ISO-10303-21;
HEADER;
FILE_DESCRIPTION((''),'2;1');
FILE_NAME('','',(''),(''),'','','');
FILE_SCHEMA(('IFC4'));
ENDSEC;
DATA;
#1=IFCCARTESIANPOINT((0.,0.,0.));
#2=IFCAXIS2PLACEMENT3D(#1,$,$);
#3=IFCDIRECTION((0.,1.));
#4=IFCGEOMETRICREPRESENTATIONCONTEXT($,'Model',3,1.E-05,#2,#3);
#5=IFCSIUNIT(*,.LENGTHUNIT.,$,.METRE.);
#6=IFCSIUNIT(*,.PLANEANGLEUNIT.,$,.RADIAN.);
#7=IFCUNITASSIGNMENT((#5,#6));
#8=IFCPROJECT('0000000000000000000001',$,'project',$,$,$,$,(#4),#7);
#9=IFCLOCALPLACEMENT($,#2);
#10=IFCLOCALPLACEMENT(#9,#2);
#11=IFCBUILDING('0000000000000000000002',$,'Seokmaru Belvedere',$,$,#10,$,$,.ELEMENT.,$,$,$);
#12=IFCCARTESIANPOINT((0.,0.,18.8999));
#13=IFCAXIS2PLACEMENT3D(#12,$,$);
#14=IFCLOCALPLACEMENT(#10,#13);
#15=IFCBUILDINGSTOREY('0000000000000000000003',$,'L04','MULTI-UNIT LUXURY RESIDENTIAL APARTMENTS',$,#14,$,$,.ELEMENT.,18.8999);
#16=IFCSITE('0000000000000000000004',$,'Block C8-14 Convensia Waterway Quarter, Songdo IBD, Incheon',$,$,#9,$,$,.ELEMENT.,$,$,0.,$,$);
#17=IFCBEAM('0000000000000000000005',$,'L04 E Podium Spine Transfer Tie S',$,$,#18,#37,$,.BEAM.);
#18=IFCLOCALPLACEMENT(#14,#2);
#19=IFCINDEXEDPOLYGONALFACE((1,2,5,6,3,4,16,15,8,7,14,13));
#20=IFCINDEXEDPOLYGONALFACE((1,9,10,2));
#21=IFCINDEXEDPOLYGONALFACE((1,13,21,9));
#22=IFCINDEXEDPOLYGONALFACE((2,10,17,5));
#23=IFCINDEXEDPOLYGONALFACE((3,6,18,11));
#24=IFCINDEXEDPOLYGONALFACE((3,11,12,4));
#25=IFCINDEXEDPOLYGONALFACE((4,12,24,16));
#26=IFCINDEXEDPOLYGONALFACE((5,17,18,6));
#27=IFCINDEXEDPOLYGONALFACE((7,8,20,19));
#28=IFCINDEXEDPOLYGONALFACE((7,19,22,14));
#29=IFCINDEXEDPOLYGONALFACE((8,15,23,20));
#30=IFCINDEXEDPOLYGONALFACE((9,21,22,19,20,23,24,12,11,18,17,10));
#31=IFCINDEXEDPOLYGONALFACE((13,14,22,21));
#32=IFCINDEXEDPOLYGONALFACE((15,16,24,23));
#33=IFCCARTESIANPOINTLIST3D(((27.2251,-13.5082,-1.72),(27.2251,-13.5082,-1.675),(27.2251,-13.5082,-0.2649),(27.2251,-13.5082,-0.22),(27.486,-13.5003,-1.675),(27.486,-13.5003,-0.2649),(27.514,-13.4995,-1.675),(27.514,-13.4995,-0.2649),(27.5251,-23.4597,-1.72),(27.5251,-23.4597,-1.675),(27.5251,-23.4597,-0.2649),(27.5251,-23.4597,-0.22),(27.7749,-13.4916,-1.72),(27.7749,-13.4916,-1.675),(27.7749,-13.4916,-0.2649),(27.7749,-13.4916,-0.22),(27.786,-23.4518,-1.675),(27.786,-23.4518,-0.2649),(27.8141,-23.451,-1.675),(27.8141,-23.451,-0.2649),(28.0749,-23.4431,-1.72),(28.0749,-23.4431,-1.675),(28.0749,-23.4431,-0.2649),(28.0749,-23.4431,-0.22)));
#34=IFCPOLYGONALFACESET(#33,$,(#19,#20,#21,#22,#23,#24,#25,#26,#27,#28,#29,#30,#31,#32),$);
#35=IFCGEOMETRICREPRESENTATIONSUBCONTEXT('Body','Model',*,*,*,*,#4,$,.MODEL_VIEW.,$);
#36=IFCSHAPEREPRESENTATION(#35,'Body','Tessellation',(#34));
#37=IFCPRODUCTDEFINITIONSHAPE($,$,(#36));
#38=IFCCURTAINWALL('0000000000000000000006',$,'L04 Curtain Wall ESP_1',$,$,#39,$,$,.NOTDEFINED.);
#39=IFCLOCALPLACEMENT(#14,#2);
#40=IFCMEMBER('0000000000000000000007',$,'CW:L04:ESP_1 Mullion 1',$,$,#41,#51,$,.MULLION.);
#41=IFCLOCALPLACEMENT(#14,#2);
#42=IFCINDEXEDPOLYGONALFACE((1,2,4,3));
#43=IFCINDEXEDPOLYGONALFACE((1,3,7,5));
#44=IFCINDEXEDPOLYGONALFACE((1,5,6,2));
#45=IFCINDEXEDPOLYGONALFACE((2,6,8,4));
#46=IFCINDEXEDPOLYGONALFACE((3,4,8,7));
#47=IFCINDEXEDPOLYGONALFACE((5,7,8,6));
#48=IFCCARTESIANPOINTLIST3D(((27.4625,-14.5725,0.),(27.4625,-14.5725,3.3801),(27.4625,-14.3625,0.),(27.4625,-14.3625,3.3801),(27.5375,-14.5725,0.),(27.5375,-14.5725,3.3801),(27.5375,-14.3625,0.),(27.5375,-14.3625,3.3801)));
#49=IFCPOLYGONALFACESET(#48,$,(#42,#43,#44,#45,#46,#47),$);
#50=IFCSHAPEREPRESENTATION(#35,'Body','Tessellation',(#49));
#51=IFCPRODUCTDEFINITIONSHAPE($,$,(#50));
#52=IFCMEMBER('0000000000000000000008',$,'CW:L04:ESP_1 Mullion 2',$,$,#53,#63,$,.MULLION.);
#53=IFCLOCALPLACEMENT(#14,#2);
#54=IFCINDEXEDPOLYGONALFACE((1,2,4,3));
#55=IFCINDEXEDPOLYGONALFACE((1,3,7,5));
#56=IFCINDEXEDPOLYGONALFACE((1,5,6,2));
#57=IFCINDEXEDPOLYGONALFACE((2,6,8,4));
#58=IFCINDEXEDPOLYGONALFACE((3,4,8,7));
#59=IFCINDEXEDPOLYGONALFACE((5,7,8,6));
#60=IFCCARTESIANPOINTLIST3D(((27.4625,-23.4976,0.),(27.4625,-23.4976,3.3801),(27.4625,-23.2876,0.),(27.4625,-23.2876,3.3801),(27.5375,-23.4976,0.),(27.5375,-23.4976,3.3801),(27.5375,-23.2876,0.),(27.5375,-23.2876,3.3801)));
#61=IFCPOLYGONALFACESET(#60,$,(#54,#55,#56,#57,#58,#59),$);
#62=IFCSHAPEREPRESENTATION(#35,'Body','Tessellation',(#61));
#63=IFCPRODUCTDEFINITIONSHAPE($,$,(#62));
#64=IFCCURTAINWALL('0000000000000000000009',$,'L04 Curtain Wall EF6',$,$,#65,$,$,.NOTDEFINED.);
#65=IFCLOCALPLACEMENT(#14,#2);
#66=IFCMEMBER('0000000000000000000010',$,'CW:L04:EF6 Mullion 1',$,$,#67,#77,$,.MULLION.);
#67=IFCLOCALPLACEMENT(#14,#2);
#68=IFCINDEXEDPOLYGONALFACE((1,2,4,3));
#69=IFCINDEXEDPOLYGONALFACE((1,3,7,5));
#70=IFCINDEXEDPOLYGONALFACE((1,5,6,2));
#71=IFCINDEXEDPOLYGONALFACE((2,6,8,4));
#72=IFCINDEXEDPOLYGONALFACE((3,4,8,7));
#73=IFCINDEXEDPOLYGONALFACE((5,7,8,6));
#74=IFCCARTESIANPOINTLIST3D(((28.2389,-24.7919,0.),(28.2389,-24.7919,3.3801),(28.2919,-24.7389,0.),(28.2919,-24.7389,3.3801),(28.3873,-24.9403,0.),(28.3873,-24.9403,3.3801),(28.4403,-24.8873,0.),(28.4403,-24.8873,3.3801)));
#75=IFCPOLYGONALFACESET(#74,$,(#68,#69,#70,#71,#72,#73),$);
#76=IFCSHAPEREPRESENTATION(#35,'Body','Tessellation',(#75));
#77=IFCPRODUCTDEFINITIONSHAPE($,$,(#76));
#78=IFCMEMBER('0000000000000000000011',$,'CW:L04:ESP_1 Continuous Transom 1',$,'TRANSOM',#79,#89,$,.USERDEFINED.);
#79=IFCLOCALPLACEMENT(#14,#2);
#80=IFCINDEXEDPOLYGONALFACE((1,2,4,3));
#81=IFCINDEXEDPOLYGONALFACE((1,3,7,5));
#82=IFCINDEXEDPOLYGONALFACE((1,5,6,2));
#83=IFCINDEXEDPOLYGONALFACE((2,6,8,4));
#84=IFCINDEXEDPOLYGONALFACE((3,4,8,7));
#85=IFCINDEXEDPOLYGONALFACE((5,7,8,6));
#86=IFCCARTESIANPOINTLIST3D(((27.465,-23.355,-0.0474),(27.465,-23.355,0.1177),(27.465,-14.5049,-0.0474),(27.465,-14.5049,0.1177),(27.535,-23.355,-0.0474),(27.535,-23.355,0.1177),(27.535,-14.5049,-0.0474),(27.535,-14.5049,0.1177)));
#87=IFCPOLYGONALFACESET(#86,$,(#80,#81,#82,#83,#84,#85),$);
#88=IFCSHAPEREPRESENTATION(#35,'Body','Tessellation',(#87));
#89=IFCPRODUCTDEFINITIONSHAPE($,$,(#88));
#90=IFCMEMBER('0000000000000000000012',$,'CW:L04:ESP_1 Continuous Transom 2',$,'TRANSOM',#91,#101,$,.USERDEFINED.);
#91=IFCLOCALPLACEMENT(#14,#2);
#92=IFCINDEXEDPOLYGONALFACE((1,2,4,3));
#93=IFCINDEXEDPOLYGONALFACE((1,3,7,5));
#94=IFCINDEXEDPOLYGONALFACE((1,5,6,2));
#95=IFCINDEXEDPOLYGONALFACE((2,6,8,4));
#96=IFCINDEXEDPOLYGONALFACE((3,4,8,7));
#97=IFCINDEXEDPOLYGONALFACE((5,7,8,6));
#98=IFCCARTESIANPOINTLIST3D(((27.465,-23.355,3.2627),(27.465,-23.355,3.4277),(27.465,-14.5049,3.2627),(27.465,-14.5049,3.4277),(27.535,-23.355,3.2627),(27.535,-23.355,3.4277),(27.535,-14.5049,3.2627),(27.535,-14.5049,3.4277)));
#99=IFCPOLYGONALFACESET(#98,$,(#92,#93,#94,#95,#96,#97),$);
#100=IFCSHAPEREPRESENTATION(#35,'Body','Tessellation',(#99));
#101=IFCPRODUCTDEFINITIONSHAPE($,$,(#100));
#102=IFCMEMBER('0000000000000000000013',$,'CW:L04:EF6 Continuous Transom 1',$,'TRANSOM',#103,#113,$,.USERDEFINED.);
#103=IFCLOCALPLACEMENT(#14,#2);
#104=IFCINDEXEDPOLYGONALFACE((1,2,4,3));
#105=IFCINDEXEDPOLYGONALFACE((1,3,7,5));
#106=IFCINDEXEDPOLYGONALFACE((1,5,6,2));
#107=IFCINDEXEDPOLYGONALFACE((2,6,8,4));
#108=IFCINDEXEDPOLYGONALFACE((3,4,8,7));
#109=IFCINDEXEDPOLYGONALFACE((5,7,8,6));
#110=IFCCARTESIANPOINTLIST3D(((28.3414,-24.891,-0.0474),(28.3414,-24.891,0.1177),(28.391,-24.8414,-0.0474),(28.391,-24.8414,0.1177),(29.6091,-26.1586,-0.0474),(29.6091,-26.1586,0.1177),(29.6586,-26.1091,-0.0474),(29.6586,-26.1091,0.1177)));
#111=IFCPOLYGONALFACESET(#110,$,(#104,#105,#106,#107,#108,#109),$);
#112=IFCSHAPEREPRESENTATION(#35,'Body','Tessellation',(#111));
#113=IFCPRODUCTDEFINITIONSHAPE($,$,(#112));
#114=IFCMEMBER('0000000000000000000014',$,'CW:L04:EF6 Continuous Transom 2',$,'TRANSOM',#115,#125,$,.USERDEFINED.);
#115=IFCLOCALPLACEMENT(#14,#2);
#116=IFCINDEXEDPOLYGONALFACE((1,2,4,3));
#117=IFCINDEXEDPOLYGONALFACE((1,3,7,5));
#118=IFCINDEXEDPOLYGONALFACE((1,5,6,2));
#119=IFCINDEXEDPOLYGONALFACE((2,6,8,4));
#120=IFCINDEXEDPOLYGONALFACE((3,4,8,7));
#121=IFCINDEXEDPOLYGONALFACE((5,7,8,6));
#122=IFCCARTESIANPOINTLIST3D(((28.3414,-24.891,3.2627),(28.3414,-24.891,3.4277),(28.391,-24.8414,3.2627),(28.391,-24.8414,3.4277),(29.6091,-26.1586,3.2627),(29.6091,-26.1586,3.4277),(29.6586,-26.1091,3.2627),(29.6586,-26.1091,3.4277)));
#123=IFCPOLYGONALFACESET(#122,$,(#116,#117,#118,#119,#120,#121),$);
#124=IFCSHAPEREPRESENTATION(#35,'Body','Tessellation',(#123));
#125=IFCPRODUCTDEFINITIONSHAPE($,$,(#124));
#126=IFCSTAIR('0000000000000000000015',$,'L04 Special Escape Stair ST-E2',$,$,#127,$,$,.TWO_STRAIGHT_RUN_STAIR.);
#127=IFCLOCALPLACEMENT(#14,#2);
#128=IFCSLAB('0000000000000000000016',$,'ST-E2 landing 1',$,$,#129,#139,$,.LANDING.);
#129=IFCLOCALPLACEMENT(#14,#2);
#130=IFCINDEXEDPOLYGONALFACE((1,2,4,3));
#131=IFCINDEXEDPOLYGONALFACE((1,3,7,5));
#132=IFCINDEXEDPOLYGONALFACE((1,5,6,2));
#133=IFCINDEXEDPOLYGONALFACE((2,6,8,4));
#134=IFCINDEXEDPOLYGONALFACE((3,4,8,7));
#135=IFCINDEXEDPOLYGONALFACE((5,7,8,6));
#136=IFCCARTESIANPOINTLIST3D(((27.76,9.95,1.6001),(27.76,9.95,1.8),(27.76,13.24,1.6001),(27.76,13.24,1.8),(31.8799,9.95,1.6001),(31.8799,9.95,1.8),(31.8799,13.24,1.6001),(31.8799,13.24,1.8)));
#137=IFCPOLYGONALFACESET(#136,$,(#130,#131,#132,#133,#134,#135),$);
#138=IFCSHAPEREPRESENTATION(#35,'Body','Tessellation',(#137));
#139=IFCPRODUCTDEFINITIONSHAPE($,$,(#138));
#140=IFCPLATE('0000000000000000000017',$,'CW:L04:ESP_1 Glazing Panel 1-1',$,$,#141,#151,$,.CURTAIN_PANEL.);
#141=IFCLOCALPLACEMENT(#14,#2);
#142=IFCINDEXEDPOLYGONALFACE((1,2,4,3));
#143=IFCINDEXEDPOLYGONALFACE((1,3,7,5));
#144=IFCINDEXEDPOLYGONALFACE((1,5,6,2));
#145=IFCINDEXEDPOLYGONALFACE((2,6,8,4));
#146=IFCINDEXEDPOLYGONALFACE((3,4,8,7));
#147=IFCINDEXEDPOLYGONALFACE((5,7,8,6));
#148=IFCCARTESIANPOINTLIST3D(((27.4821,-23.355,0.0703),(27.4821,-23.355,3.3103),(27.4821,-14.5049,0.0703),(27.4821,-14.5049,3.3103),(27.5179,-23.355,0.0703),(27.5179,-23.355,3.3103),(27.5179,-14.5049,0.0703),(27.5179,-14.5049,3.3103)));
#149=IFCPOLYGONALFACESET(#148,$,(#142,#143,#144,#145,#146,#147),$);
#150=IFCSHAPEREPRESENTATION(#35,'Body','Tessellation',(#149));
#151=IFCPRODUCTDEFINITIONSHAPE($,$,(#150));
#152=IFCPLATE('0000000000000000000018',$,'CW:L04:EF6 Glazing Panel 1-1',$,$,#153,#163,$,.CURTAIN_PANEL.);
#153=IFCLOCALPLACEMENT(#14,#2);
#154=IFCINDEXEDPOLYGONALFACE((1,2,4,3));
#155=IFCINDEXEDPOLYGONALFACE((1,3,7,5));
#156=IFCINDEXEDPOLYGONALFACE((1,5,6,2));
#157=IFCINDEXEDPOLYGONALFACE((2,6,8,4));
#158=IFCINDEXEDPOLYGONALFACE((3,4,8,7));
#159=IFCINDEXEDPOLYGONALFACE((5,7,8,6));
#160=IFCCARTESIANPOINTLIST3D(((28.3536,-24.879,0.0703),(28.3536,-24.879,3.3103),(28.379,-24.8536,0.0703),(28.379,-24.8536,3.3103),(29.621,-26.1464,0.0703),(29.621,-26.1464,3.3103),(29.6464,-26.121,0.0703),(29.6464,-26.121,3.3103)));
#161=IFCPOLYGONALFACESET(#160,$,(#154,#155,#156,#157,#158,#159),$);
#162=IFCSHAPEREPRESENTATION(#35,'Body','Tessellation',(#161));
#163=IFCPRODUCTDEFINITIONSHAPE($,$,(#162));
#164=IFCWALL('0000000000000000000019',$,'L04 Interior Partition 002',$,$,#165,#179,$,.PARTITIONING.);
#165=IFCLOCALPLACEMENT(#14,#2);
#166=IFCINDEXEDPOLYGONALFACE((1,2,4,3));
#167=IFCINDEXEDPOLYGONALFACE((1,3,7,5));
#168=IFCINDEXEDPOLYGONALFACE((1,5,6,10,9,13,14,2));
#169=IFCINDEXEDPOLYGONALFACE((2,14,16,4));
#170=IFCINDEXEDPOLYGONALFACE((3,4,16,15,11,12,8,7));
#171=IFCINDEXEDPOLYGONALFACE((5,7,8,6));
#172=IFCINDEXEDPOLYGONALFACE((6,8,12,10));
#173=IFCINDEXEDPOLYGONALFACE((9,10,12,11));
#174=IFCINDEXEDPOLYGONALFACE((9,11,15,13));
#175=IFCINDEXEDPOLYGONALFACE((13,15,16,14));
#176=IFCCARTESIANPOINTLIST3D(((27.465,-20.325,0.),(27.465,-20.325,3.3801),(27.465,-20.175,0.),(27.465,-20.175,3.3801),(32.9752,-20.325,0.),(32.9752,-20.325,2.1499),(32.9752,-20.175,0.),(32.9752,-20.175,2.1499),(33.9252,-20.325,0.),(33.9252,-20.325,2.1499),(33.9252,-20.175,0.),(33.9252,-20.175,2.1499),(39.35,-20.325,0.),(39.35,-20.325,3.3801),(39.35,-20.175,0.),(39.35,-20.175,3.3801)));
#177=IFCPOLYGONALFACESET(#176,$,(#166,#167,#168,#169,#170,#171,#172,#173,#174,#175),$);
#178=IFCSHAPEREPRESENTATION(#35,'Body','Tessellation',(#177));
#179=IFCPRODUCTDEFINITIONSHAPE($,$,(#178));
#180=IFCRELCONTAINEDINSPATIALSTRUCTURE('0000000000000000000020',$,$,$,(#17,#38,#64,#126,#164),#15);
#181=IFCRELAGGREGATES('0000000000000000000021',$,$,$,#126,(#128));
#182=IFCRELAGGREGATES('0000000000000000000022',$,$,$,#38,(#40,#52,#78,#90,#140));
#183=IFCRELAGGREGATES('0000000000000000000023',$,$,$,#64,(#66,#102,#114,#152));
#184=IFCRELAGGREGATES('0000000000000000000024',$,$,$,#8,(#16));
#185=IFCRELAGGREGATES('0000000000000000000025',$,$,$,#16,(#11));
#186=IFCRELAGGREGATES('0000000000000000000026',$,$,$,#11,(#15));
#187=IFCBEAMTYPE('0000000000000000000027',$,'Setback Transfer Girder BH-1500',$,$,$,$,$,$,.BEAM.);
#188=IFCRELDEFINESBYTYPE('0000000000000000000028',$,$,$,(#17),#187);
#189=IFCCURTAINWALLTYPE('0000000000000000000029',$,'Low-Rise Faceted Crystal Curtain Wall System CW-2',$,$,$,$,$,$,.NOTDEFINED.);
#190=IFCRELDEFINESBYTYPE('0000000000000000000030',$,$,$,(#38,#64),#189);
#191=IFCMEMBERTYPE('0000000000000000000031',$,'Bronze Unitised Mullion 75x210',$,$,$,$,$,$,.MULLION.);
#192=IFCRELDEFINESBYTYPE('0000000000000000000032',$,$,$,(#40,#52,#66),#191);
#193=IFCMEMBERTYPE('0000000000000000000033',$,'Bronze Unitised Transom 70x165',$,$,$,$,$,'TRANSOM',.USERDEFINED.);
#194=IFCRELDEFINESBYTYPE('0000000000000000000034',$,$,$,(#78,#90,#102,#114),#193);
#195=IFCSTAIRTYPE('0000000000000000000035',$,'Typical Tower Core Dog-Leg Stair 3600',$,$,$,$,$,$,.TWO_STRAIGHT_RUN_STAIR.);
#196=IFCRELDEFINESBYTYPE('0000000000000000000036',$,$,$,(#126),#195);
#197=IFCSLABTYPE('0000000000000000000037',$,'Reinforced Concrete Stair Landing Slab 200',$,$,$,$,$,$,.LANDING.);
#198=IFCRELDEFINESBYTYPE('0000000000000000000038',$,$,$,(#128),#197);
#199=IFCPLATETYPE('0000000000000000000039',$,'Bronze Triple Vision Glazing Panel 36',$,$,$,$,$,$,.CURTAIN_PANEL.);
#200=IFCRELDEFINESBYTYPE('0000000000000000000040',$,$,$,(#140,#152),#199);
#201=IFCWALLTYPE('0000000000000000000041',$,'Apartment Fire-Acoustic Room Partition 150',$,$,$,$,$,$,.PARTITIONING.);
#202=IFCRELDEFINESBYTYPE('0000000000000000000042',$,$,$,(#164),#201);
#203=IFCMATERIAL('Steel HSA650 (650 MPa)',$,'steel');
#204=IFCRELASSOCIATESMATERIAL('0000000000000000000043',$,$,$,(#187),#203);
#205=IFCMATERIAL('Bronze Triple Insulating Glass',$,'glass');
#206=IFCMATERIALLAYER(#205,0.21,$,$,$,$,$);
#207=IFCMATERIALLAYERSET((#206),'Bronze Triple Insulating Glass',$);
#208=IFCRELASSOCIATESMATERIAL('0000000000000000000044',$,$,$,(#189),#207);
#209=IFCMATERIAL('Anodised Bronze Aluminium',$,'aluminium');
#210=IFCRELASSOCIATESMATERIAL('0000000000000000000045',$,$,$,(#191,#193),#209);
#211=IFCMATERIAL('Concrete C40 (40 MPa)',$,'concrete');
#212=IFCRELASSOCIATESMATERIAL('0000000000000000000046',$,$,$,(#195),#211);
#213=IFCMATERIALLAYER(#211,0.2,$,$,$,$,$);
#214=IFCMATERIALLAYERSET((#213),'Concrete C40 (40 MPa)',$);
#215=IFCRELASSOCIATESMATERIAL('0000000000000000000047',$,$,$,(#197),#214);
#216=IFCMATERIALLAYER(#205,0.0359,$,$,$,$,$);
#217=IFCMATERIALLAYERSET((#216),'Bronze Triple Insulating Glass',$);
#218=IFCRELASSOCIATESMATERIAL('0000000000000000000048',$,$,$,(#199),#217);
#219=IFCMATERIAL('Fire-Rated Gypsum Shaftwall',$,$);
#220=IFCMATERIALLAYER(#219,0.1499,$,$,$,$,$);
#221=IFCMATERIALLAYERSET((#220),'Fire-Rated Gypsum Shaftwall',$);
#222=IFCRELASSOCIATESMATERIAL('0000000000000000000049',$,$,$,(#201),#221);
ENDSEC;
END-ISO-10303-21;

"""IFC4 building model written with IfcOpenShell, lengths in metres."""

from ifc_helpers import new_model, si_unit, direction, frame, frame_2d, origin, origin_2d, place, context, subcontext, project, spatial, polyline, rectangle, i_section, outline, extrude, source, transform, mapped, material, layer, layer_set, material_profile, profile_set, type_object, type_shapes, element, aggregate, save


model = new_model("IFC4")

# Units and contexts
model_context = context("Model", 3, precision=1e-05, world=origin(), true_north=direction((0.0, 1.0)))
body_context = subcontext(model_context, "Body", "Model", "MODEL_VIEW")
ifc_project = project(units=[si_unit("LENGTHUNIT", "METRE"), si_unit("PLANEANGLEUNIT", "RADIAN")], contexts=[model_context])

# Site, building, storey
site_placement = place(None, origin())
site = spatial("IfcSite", under=ifc_project, at=site_placement, Name="Block C8-14 Convensia Waterway Quarter, Songdo IBD, Incheon", CompositionType="ELEMENT", RefElevation=0.0)
building_placement = place(site_placement, origin())
building = spatial("IfcBuilding", under=site, at=building_placement, Name="Seokmaru Belvedere", CompositionType="ELEMENT")
storey_placement = place(building_placement, frame((0.0, 0.0, 18.8999)))
storey = spatial("IfcBuildingStorey", under=building, at=storey_placement, Name="L04", Description="MULTI-UNIT LUXURY RESIDENTIAL APARTMENTS", CompositionType="ELEMENT", Elevation=18.8999)

# Shared definitions
ifc_material_1 = material(Name="Steel HSA650 (650 MPa)", Category="steel")

# Beam
ifc_material_profile_1 = material_profile(ifc_material_1, i_section(OverallWidth=0.55, OverallDepth=1.5, WebThickness=0.0281, FlangeThickness=0.0449, at=origin_2d()), Name="BH-1500x550x28x45")
ifc_profile_set_1 = profile_set([ifc_material_profile_1], Name="Steel HSA650 (650 MPa)")
beam_type_1 = type_object("IfcBeamType", Name="Setback Transfer Girder BH-1500", PredefinedType="BEAM", material=ifc_profile_set_1)
shared_shape_1 = source(origin(), body_context, "Body", "SweptSolid", [
    extrude(i_section(OverallWidth=0.55, OverallDepth=1.5, WebThickness=0.0281, FlangeThickness=0.0449, at=origin_2d()), origin(), (0.0, 0.0, 1.0), 9.9561),
])
type_shapes(beam_type_1, [shared_shape_1])
beam_1_placement = place(storey_placement, frame((27.8, -23.4514, -0.97), z_axis=(-0.030138, 0.999546, 0.0), x_axis=(-0.999546, -0.030138, 0.0)))
element("IfcBeam", 1, at=beam_1_placement, inside=storey, type_object=beam_type_1, Name="L04 E Podium Spine Transfer Tie S", PredefinedType="BEAM", context=body_context, shape_type="MappedRepresentation", body=[
    mapped(shared_shape_1, transform((0.0, 0.0, 0.0), scale=1.0)),
])

# Curtain wall, members
ifc_material_2 = material(Name="Bronze Triple Insulating Glass", Category="glass")
ifc_layer_1 = layer(ifc_material_2, 0.21)
ifc_layer_set_1 = layer_set([ifc_layer_1], Name="Bronze Triple Insulating Glass")
curtain_wall_type = type_object("IfcCurtainWallType", Name="Low-Rise Faceted Crystal Curtain Wall System CW-2", PredefinedType="NOTDEFINED", material=ifc_layer_set_1)
curtain_wall_1_placement = place(storey_placement, origin())
curtain_wall_1 = element("IfcCurtainWall", 2, at=curtain_wall_1_placement, inside=storey, type_object=curtain_wall_type, Name="L04 Curtain Wall ESP_1", PredefinedType="NOTDEFINED")
ifc_material_3 = material(Name="Anodised Bronze Aluminium", Category="aluminium")
ifc_material_profile_2 = material_profile(ifc_material_3, rectangle(XDim=0.075, YDim=0.21, at=origin_2d()), Name="CW-M-75x210")
ifc_profile_set_2 = profile_set([ifc_material_profile_2], Name="Anodised Bronze Aluminium")
member_type_1 = type_object("IfcMemberType", Name="Bronze Unitised Mullion 75x210", PredefinedType="MULLION", material=ifc_profile_set_2)
shared_shape_2 = source(origin(), body_context, "Body", "SweptSolid", [
    extrude(rectangle(XDim=0.075, YDim=0.21, at=origin_2d()), origin(), (0.0, 0.0, 1.0), 3.3801),
])
type_shapes(member_type_1, [shared_shape_2])
member_1_placement = place(storey_placement, frame((27.5, -14.4675, 0.0), z_axis=(0.0, 0.0, 1.0), x_axis=(1.0, 0.0, 0.0)))
member_1 = element("IfcMember", 3, at=member_1_placement, type_object=member_type_1, Name="CW:L04:ESP_1 Mullion 1", PredefinedType="MULLION", context=body_context, shape_type="MappedRepresentation", body=[
    mapped(shared_shape_2, transform((0.0, 0.0, 0.0), scale=1.0)),
])
member_2_placement = place(storey_placement, frame((27.5, -23.3926, 0.0), z_axis=(0.0, 0.0, 1.0), x_axis=(1.0, 0.0, 0.0)))
member_2 = element("IfcMember", 4, at=member_2_placement, type_object=member_type_1, Name="CW:L04:ESP_1 Mullion 2", PredefinedType="MULLION", context=body_context, shape_type="MappedRepresentation", body=[
    mapped(shared_shape_2, transform((0.0, 0.0, 0.0), scale=1.0)),
])

# Curtain wall, member
curtain_wall_2_placement = place(storey_placement, origin())
curtain_wall_2 = element("IfcCurtainWall", 5, at=curtain_wall_2_placement, inside=storey, type_object=curtain_wall_type, Name="L04 Curtain Wall EF6", PredefinedType="NOTDEFINED")
member_3_placement = place(storey_placement, frame((28.3396, -24.8396, 0.0), z_axis=(0.0, 0.0, 1.0), x_axis=(0.707107, 0.707107, 0.0)))
member_3 = element("IfcMember", 6, at=member_3_placement, type_object=member_type_1, Name="CW:L04:EF6 Mullion 1", PredefinedType="MULLION", context=body_context, shape_type="MappedRepresentation", body=[
    mapped(shared_shape_2, transform((0.0, 0.0, 0.0), scale=1.0)),
])

# Members
ifc_material_profile_3 = material_profile(ifc_material_3, rectangle(XDim=0.0701, YDim=0.165, at=origin_2d()), Name="CW-T-70x165")
ifc_profile_set_3 = profile_set([ifc_material_profile_3], Name="Anodised Bronze Aluminium")
member_type_2 = type_object("IfcMemberType", Name="Bronze Unitised Transom 70x165", ElementType="TRANSOM", PredefinedType="USERDEFINED", material=ifc_profile_set_3)
shared_shape_3 = source(origin(), body_context, "Body", "SweptSolid", [
    extrude(rectangle(XDim=0.0701, YDim=0.165, at=origin_2d()), origin(), (0.0, 0.0, 1.0), 8.8501),
])
member_4_placement = place(storey_placement, frame((27.5, -14.5049, 0.0352), z_axis=(0.0, -1.0, 0.0), x_axis=(1.0, 0.0, 0.0)))
member_4 = element("IfcMember", 7, at=member_4_placement, type_object=member_type_2, Name="CW:L04:ESP_1 Continuous Transom 1", ObjectType="TRANSOM", PredefinedType="USERDEFINED", context=body_context, shape_type="MappedRepresentation", body=[
    mapped(shared_shape_3, transform((0.0, 0.0, 0.0), scale=1.0)),
])
member_5_placement = place(storey_placement, frame((27.5, -14.5049, 3.3452), z_axis=(0.0, -1.0, 0.0), x_axis=(1.0, 0.0, 0.0)))
member_5 = element("IfcMember", 8, at=member_5_placement, type_object=member_type_2, Name="CW:L04:ESP_1 Continuous Transom 2", ObjectType="TRANSOM", PredefinedType="USERDEFINED", context=body_context, shape_type="MappedRepresentation", body=[
    mapped(shared_shape_3, transform((0.0, 0.0, 0.0), scale=1.0)),
])
shared_shape_4 = source(origin(), body_context, "Body", "SweptSolid", [
    extrude(rectangle(XDim=0.0701, YDim=0.165, at=origin_2d()), origin(), (0.0, 0.0, 1.0), 1.7927),
])
type_shapes(member_type_2, [shared_shape_3, shared_shape_4])
member_6_placement = place(storey_placement, frame((28.3662, -24.8662, 0.0352), z_axis=(0.707107, -0.707107, 0.0), x_axis=(0.707107, 0.707107, 0.0)))
member_6 = element("IfcMember", 9, at=member_6_placement, type_object=member_type_2, Name="CW:L04:EF6 Continuous Transom 1", ObjectType="TRANSOM", PredefinedType="USERDEFINED", context=body_context, shape_type="MappedRepresentation", body=[
    mapped(shared_shape_4, transform((0.0, 0.0, 0.0), scale=1.0)),
])
member_7_placement = place(storey_placement, frame((28.3662, -24.8662, 3.3452), z_axis=(0.707107, -0.707107, 0.0), x_axis=(0.707107, 0.707107, 0.0)))
member_7 = element("IfcMember", 10, at=member_7_placement, type_object=member_type_2, Name="CW:L04:EF6 Continuous Transom 2", ObjectType="TRANSOM", PredefinedType="USERDEFINED", context=body_context, shape_type="MappedRepresentation", body=[
    mapped(shared_shape_4, transform((0.0, 0.0, 0.0), scale=1.0)),
])

# Stair, slab
ifc_material_4 = material(Name="Concrete C40 (40 MPa)", Category="concrete")
stair_type = type_object("IfcStairType", Name="Typical Tower Core Dog-Leg Stair 3600", PredefinedType="TWO_STRAIGHT_RUN_STAIR", material=ifc_material_4)
stair_placement = place(storey_placement, origin())
stair = element("IfcStair", 11, at=stair_placement, inside=storey, type_object=stair_type, Name="L04 Special Escape Stair ST-E2", PredefinedType="TWO_STRAIGHT_RUN_STAIR")
ifc_layer_2 = layer(ifc_material_4, 0.2)
ifc_layer_set_2 = layer_set([ifc_layer_2], Name="Concrete C40 (40 MPa)")
slab_type = type_object("IfcSlabType", Name="Reinforced Concrete Stair Landing Slab 200", PredefinedType="LANDING", material=ifc_layer_set_2)
slab_placement = place(storey_placement, frame((0.0, 0.0, 1.6001)))
slab = element("IfcSlab", 12, at=slab_placement, type_object=slab_type, Name="ST-E2 landing 1", PredefinedType="LANDING", context=body_context, shape_type="SweptSolid", body=[
    extrude(outline(polyline([(27.76, 9.95), (31.8799, 9.95), (31.8799, 13.24), (27.76, 13.24), (27.76, 9.95)])), origin(), (0.0, 0.0, 1.0), 0.2),
])
aggregate(stair, [slab])

# Plates
ifc_layer_3 = layer(ifc_material_2, 0.0359)
ifc_layer_set_3 = layer_set([ifc_layer_3], Name="Bronze Triple Insulating Glass")
plate_type = type_object("IfcPlateType", Name="Bronze Triple Vision Glazing Panel 36", PredefinedType="CURTAIN_PANEL", material=ifc_layer_set_3)
shared_shape_5 = source(origin(), body_context, "Body", "SweptSolid", [
    extrude(rectangle(XDim=8.8501, YDim=0.0359, at=origin_2d()), origin(), (0.0, 0.0, 1.0), 3.24),
])
plate_1_placement = place(storey_placement, frame((27.5, -18.9299, 0.0703), z_axis=(0.0, 0.0, 1.0), x_axis=(0.0, -1.0, 0.0)))
plate_1 = element("IfcPlate", 13, at=plate_1_placement, type_object=plate_type, Name="CW:L04:ESP_1 Glazing Panel 1-1", PredefinedType="CURTAIN_PANEL", context=body_context, shape_type="MappedRepresentation", body=[
    mapped(shared_shape_5, transform((0.0, 0.0, 0.0), scale=1.0)),
])
aggregate(curtain_wall_1, [member_1, member_2, member_4, member_5, plate_1])
shared_shape_6 = source(origin(), body_context, "Body", "SweptSolid", [
    extrude(rectangle(XDim=1.7925, YDim=0.0359, at=origin_2d()), origin(), (0.0, 0.0, 1.0), 3.24),
])
type_shapes(plate_type, [shared_shape_5, shared_shape_6])
plate_2_placement = place(storey_placement, frame((29.0, -25.5, 0.0703), z_axis=(0.0, 0.0, 1.0), x_axis=(0.707107, -0.707107, 0.0)))
plate_2 = element("IfcPlate", 14, at=plate_2_placement, type_object=plate_type, Name="CW:L04:EF6 Glazing Panel 1-1", PredefinedType="CURTAIN_PANEL", context=body_context, shape_type="MappedRepresentation", body=[
    mapped(shared_shape_6, transform((0.0, 0.0, 0.0), scale=1.0)),
])
aggregate(curtain_wall_2, [member_3, member_6, member_7, plate_2])

# Wall, opening
ifc_material_5 = material(Name="Fire-Rated Gypsum Shaftwall")
ifc_layer_4 = layer(ifc_material_5, 0.1499)
ifc_layer_set_4 = layer_set([ifc_layer_4], Name="Fire-Rated Gypsum Shaftwall")
wall_type_1 = type_object("IfcWallType", Name="Apartment Fire-Acoustic Room Partition 150", PredefinedType="PARTITIONING", material=ifc_layer_set_4)
wall_1_placement = place(storey_placement, frame((27.4651, -20.25, 0.0), z_axis=(0.0, 0.0, 1.0), x_axis=(1.0, 0.0, 0.0)))
wall_1 = element("IfcWall", 15, at=wall_1_placement, inside=storey, type_object=wall_type_1, Name="L04 Interior Partition 002", PredefinedType="PARTITIONING", context=body_context, shape_type="SweptSolid", body=[
    extrude(rectangle(XDim=11.885, YDim=0.1499, at=frame_2d((5.9424, 0.0))), origin(), (0.0, 0.0, 1.0), 3.3801),
])
opening_1_placement = place(wall_1_placement, frame((5.51, 0.0, 0.0)))
element("IfcOpeningElement", 16, at=opening_1_placement, cuts=wall_1, PredefinedType="OPENING", context=body_context, shape_type="SweptSolid", body=[
    extrude(rectangle(XDim=0.95, YDim=2.1499, at=frame_2d((0.4751, 1.075))), frame((0.0, 0.085, 0.0), z_axis=(0.0, -1.0, 0.0), x_axis=(1.0, 0.0, 0.0)), (0.0, 0.0, 1.0), 0.1699),
])

save(model, "model.ifc")
